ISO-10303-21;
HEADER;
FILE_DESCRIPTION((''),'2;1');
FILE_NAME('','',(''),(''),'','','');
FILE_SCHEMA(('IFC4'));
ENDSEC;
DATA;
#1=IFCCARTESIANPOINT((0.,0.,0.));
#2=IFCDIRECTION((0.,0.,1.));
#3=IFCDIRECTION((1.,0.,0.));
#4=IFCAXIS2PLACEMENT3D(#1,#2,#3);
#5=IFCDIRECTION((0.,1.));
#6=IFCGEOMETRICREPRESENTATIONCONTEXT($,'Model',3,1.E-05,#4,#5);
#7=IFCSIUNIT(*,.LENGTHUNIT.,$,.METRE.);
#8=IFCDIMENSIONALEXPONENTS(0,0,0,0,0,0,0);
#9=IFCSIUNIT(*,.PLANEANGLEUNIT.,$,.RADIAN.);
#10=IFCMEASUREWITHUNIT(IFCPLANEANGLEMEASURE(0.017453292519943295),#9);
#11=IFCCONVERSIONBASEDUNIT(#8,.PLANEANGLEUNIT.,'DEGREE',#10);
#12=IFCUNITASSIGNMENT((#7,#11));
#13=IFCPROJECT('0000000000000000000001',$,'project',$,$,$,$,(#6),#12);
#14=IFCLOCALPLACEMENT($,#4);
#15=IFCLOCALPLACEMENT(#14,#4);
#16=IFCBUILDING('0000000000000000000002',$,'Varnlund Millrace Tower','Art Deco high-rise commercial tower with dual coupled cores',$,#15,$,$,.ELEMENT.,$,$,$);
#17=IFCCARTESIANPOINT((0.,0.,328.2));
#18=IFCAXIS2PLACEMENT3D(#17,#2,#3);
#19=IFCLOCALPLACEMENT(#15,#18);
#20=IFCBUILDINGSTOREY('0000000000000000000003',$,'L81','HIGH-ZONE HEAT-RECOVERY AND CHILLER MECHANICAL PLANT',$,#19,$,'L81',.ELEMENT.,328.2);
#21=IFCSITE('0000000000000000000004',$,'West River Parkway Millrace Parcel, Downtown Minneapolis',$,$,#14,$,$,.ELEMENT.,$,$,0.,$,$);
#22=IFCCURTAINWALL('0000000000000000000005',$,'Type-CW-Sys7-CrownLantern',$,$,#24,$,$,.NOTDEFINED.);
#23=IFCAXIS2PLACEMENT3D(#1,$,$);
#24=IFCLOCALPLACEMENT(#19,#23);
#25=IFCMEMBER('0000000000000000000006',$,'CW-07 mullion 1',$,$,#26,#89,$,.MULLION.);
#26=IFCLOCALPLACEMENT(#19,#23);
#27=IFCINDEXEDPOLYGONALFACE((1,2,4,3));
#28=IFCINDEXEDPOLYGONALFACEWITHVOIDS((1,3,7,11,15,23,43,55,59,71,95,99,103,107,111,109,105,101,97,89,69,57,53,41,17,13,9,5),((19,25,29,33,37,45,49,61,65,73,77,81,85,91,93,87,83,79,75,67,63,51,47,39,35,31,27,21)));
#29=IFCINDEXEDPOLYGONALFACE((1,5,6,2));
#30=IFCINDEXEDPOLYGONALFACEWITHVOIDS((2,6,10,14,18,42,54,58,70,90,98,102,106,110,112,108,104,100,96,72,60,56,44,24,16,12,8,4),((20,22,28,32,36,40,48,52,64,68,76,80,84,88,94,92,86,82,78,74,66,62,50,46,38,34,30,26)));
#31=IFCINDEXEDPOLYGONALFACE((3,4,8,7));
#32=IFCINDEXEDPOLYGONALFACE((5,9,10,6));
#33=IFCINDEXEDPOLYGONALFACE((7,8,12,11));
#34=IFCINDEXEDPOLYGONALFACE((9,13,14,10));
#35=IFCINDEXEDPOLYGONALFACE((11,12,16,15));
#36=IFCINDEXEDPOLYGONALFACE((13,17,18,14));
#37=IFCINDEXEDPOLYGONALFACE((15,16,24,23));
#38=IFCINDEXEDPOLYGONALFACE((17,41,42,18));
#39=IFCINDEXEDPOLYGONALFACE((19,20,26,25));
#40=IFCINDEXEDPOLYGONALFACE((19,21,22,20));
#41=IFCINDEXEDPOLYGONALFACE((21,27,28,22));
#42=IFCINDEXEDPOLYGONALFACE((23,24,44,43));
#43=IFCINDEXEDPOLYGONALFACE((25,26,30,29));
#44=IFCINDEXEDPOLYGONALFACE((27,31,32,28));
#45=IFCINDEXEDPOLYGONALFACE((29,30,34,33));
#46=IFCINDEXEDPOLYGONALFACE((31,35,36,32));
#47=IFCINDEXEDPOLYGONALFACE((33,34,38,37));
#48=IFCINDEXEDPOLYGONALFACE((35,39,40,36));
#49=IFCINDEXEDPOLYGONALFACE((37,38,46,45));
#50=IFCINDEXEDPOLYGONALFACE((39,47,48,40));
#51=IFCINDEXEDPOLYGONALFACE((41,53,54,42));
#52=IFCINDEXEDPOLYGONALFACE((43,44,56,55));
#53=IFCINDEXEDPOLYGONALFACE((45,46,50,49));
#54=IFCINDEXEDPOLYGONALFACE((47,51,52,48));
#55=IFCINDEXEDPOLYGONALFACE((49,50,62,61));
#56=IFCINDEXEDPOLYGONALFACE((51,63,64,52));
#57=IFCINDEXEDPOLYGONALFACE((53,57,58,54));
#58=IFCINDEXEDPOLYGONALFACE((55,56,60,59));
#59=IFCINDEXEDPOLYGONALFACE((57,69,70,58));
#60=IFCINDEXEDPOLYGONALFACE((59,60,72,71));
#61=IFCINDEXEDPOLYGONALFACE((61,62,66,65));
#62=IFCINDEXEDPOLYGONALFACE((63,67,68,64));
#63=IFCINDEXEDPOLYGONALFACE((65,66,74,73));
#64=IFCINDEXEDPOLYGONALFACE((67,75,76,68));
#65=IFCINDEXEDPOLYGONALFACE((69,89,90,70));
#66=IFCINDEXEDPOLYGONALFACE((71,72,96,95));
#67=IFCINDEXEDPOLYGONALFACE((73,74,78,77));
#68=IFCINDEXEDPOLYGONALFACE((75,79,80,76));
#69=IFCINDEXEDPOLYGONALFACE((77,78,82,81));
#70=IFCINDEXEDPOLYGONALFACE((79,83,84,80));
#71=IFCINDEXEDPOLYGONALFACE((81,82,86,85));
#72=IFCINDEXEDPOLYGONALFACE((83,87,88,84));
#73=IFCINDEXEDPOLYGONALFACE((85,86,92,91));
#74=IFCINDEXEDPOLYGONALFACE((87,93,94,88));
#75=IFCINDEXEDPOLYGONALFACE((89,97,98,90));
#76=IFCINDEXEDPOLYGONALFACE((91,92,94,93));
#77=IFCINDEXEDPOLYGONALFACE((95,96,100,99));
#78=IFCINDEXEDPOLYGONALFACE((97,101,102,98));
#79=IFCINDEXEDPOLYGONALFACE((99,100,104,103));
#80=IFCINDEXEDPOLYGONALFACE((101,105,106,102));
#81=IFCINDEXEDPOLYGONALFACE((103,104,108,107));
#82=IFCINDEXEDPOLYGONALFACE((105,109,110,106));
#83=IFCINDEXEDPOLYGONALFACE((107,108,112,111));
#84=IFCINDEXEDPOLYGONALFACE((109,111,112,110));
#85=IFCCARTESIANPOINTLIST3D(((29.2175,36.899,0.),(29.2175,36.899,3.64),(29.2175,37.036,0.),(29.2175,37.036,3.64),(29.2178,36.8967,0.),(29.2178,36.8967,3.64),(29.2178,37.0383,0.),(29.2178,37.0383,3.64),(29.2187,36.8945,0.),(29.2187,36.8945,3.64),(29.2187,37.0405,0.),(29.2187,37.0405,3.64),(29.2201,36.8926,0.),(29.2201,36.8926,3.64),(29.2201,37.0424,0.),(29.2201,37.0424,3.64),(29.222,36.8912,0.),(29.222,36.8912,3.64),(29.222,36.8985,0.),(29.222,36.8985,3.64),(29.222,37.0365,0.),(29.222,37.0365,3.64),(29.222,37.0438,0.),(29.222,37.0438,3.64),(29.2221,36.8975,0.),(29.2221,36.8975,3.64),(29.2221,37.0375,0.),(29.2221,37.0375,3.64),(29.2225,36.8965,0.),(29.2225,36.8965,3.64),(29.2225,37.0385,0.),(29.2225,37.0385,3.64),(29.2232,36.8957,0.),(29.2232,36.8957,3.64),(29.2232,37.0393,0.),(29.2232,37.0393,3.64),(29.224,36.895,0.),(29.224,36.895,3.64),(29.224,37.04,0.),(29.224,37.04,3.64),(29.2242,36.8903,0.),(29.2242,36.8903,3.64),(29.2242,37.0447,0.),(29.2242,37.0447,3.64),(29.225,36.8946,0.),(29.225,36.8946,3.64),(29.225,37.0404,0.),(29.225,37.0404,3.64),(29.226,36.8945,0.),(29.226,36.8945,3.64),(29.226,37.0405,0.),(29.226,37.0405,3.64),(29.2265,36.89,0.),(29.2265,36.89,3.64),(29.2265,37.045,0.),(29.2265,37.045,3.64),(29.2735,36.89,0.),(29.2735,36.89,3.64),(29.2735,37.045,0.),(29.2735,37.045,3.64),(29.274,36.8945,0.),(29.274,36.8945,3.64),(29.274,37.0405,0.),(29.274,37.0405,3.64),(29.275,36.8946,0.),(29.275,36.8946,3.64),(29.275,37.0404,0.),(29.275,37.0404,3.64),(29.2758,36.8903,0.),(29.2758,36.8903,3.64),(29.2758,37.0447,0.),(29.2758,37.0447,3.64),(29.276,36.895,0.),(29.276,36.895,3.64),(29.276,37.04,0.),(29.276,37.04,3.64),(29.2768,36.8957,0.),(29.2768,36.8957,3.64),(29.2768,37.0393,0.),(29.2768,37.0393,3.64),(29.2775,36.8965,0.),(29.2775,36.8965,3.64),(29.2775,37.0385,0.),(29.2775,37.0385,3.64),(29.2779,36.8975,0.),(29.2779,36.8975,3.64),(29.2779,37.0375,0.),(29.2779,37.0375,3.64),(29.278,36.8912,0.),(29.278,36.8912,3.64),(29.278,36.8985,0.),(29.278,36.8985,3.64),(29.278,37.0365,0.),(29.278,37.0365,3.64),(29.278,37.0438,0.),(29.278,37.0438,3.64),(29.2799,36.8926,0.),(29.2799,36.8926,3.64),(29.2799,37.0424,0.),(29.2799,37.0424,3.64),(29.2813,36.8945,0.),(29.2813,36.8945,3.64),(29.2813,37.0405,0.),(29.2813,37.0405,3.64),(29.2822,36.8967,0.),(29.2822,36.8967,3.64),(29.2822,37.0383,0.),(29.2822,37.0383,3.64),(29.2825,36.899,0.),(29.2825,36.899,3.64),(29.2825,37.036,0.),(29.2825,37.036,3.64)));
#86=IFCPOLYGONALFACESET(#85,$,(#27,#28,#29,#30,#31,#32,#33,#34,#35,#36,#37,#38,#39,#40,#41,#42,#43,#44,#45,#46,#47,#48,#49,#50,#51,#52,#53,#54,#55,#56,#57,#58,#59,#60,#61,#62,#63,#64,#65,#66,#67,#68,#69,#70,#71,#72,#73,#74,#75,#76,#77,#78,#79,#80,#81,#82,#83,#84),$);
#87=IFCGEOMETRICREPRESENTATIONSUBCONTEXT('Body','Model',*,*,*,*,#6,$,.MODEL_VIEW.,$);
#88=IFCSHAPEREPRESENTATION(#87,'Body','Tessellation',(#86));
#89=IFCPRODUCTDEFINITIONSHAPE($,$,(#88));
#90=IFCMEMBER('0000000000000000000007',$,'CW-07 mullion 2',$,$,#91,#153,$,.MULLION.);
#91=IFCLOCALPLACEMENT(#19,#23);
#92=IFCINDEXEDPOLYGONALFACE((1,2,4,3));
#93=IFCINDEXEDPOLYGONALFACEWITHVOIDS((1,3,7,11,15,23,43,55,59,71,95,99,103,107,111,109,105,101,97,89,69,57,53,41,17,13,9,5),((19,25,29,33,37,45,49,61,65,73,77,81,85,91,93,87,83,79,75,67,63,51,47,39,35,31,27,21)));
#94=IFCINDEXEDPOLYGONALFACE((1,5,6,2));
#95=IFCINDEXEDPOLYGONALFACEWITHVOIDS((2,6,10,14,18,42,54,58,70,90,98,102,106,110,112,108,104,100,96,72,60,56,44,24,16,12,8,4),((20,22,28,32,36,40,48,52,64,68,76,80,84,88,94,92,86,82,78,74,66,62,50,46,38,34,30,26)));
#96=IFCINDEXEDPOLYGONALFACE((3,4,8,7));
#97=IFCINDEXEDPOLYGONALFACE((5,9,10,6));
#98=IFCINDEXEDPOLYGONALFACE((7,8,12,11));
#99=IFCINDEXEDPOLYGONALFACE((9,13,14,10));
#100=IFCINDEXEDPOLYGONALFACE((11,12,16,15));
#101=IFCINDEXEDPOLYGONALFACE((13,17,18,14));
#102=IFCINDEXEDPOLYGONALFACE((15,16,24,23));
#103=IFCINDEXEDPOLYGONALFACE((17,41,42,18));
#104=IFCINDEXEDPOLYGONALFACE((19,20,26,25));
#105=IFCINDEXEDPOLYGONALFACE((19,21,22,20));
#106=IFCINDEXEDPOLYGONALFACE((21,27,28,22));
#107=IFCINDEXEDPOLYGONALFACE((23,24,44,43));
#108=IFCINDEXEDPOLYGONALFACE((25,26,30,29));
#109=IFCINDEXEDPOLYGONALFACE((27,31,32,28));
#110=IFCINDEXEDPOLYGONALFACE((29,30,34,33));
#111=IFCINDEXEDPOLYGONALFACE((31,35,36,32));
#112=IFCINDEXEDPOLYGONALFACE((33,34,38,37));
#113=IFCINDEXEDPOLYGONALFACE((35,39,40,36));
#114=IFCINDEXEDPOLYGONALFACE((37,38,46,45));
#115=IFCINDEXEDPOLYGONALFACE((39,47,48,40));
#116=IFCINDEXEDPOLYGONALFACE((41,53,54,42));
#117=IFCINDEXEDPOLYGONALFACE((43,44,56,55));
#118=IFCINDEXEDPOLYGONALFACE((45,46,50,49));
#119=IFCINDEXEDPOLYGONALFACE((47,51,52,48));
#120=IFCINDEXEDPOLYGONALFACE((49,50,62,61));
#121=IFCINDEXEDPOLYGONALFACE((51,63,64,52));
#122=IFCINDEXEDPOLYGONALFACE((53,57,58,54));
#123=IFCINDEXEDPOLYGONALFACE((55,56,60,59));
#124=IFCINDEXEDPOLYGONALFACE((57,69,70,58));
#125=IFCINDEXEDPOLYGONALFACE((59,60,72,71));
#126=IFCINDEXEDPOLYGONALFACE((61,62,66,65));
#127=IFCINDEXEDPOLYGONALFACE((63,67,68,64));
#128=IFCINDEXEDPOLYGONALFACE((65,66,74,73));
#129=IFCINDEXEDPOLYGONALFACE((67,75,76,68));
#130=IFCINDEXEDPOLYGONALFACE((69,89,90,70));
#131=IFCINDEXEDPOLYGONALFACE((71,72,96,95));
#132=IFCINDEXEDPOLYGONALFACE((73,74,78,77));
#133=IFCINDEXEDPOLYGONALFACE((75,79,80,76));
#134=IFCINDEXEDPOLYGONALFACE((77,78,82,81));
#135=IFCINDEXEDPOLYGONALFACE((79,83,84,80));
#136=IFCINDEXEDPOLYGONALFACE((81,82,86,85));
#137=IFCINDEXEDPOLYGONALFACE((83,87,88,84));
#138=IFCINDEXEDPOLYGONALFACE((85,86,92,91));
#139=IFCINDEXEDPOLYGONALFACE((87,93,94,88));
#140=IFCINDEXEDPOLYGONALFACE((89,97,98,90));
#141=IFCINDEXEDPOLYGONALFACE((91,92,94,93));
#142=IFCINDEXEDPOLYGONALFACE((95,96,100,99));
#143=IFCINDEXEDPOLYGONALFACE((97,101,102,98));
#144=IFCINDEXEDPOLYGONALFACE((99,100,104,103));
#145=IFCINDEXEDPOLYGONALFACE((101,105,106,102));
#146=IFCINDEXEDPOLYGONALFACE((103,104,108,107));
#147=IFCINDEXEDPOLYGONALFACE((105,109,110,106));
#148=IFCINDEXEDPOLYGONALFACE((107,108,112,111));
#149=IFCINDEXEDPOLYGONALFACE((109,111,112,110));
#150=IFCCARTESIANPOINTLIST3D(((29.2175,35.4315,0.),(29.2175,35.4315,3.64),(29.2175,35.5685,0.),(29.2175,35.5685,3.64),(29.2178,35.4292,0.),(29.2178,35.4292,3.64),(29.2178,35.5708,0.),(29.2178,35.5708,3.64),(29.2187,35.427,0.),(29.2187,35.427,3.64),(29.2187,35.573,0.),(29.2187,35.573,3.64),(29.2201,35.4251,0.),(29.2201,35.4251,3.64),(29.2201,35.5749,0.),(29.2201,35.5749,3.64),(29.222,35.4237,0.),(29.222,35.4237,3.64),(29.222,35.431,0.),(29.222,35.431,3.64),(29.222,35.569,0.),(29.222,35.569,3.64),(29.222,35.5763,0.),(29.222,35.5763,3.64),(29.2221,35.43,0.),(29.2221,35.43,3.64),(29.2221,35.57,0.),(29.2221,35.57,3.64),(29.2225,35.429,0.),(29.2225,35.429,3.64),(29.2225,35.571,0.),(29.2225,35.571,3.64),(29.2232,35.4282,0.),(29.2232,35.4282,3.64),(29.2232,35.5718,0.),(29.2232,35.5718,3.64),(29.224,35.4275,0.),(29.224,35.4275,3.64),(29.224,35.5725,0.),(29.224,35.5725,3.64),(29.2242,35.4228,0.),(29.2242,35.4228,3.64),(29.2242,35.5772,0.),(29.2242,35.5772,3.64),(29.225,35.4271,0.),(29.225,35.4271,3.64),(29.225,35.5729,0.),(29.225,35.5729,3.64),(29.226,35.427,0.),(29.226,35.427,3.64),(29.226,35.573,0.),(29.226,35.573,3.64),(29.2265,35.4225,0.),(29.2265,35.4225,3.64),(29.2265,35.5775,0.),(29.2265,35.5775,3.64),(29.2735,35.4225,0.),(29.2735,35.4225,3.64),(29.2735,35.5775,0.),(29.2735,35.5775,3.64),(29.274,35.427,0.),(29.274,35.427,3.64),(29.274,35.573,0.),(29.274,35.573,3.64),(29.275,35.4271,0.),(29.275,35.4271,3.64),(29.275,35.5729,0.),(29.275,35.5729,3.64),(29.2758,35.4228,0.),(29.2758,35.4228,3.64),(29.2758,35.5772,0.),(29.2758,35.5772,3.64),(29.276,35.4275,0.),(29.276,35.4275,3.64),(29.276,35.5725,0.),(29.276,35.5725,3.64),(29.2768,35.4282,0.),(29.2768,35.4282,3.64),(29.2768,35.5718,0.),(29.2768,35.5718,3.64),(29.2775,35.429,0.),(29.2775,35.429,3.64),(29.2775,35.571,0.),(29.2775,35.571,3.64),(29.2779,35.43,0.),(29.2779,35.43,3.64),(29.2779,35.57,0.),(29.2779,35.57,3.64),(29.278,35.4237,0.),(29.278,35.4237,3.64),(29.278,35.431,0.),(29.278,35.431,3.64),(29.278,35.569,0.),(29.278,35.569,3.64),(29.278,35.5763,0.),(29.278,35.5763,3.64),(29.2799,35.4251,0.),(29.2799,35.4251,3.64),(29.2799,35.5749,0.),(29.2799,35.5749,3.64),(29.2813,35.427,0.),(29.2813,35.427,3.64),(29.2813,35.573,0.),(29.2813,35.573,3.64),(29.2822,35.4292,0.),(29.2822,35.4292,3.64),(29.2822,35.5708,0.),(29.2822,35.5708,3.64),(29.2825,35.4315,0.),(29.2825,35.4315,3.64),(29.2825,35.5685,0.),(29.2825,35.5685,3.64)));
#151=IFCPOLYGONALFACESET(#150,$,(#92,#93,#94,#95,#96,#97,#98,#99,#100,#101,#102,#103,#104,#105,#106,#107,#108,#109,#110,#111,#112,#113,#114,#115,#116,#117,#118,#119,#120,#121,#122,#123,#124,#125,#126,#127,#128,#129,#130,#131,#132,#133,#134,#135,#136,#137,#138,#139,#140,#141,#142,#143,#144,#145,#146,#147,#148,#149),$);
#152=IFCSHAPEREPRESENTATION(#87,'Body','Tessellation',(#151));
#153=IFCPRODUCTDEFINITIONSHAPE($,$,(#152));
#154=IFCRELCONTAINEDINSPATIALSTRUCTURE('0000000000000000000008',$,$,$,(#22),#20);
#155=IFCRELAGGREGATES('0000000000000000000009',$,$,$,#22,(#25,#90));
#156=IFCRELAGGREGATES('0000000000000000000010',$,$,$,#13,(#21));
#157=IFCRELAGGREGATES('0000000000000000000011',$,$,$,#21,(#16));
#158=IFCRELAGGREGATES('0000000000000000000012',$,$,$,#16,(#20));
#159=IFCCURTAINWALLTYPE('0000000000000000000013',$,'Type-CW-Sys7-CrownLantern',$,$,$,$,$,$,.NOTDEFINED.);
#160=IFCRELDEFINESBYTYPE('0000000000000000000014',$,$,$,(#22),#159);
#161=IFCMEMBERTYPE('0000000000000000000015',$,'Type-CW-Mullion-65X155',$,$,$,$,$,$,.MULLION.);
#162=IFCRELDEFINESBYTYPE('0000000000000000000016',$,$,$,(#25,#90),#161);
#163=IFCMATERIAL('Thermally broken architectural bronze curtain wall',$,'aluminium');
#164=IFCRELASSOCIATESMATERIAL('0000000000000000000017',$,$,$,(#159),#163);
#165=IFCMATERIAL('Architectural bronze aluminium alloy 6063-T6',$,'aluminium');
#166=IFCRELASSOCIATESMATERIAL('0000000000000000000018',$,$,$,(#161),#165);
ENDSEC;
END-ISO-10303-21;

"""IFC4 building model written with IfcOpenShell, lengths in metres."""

from ifc_helpers import new_model, entity, si_unit, converted_unit, direction, frame, origin_with_axes, origin_2d_with_axis, place, context, subcontext, project, spatial, hollow_rectangle, extrude, material, material_profile, profile_set, type_object, element, aggregate, save


model = new_model("IFC4")

# Units and contexts
model_context = context("Model", 3, precision=1e-05, world=origin_with_axes(), true_north=direction((0.0, 1.0)))
body_context = subcontext(model_context, "Body", "Model", "MODEL_VIEW")
ifc_project = project(units=[si_unit("LENGTHUNIT", "METRE"), converted_unit("PLANEANGLEUNIT", "DEGREE", entity("IfcPlaneAngleMeasure", 0.017453292519943295), si_unit("PLANEANGLEUNIT", "RADIAN"), dimensions=[0, 0, 0, 0, 0, 0, 0])], contexts=[model_context])

# Site, building, storey
site_placement = place(None, origin_with_axes())
site = spatial("IfcSite", under=ifc_project, at=site_placement, Name="West River Parkway Millrace Parcel, Downtown Minneapolis", CompositionType="ELEMENT", RefElevation=0.0)
building_placement = place(site_placement, origin_with_axes())
building = spatial("IfcBuilding", under=site, at=building_placement, Name="Varnlund Millrace Tower", Description="Art Deco high-rise commercial tower with dual coupled cores", CompositionType="ELEMENT")
storey_placement = place(building_placement, frame((0.0, 0.0, 328.2), z_axis=(0.0, 0.0, 1.0), x_axis=(1.0, 0.0, 0.0)))
storey = spatial("IfcBuildingStorey", under=building, at=storey_placement, Name="L81", Description="HIGH-ZONE HEAT-RECOVERY AND CHILLER MECHANICAL PLANT", LongName="L81", CompositionType="ELEMENT", Elevation=328.2)

# Curtain wall, members
ifc_material_1 = material(Name="Thermally broken architectural bronze curtain wall", Category="aluminium")
curtain_wall_type = type_object("IfcCurtainWallType", Name="Type-CW-Sys7-CrownLantern", PredefinedType="NOTDEFINED", material=ifc_material_1)
curtain_wall_1_placement = place(storey_placement, frame((29.25, 37.0, 0.0), z_axis=(0.0, 0.0, 1.0), x_axis=(1.0, 0.0, 0.0)))
curtain_wall_1 = element("IfcCurtainWall", 1, at=curtain_wall_1_placement, inside=storey, type_object=curtain_wall_type, Name="Type-CW-Sys7-CrownLantern", PredefinedType="NOTDEFINED")
ifc_material_2 = material(Name="Architectural bronze aluminium alloy 6063-T6", Category="aluminium")
ifc_material_profile_1 = material_profile(ifc_material_2, hollow_rectangle(XDim=0.065, YDim=0.155, WallThickness=0.0045, InnerFilletRadius=0.004, OuterFilletRadius=0.009, at=origin_2d_with_axis()), Name="Architectural bronze aluminium alloy 6063-T6")
ifc_profile_set_1 = profile_set([ifc_material_profile_1], Name="Architectural bronze aluminium alloy 6063-T6")
member_type = type_object("IfcMemberType", Name="Type-CW-Mullion-65X155", PredefinedType="MULLION", material=ifc_profile_set_1)
member_1_placement = place(storey_placement, frame((29.25, 36.9675, 0.0), z_axis=(0.0, 0.0, 1.0), x_axis=(1.0, 0.0, 0.0)))
member_1 = element("IfcMember", 2, at=member_1_placement, type_object=member_type, Name="CW-07 mullion 1", PredefinedType="MULLION", context=body_context, shape_type="SweptSolid", body=[
    extrude(hollow_rectangle(XDim=0.065, YDim=0.155, WallThickness=0.0045, InnerFilletRadius=0.004, OuterFilletRadius=0.009, at=origin_2d_with_axis()), origin_with_axes(), (0.0, 0.0, 1.0), 3.64),
])
member_2_placement = place(storey_placement, frame((29.25, 35.5, 0.0), z_axis=(0.0, 0.0, 1.0), x_axis=(1.0, 0.0, 0.0)))
member_2 = element("IfcMember", 3, at=member_2_placement, type_object=member_type, Name="CW-07 mullion 2", PredefinedType="MULLION", context=body_context, shape_type="SweptSolid", body=[
    extrude(hollow_rectangle(XDim=0.065, YDim=0.155, WallThickness=0.0045, InnerFilletRadius=0.004, OuterFilletRadius=0.009, at=origin_2d_with_axis()), origin_with_axes(), (0.0, 0.0, 1.0), 3.64),
])
aggregate(curtain_wall_1, [member_1, member_2])

save(model, "model.ifc")
